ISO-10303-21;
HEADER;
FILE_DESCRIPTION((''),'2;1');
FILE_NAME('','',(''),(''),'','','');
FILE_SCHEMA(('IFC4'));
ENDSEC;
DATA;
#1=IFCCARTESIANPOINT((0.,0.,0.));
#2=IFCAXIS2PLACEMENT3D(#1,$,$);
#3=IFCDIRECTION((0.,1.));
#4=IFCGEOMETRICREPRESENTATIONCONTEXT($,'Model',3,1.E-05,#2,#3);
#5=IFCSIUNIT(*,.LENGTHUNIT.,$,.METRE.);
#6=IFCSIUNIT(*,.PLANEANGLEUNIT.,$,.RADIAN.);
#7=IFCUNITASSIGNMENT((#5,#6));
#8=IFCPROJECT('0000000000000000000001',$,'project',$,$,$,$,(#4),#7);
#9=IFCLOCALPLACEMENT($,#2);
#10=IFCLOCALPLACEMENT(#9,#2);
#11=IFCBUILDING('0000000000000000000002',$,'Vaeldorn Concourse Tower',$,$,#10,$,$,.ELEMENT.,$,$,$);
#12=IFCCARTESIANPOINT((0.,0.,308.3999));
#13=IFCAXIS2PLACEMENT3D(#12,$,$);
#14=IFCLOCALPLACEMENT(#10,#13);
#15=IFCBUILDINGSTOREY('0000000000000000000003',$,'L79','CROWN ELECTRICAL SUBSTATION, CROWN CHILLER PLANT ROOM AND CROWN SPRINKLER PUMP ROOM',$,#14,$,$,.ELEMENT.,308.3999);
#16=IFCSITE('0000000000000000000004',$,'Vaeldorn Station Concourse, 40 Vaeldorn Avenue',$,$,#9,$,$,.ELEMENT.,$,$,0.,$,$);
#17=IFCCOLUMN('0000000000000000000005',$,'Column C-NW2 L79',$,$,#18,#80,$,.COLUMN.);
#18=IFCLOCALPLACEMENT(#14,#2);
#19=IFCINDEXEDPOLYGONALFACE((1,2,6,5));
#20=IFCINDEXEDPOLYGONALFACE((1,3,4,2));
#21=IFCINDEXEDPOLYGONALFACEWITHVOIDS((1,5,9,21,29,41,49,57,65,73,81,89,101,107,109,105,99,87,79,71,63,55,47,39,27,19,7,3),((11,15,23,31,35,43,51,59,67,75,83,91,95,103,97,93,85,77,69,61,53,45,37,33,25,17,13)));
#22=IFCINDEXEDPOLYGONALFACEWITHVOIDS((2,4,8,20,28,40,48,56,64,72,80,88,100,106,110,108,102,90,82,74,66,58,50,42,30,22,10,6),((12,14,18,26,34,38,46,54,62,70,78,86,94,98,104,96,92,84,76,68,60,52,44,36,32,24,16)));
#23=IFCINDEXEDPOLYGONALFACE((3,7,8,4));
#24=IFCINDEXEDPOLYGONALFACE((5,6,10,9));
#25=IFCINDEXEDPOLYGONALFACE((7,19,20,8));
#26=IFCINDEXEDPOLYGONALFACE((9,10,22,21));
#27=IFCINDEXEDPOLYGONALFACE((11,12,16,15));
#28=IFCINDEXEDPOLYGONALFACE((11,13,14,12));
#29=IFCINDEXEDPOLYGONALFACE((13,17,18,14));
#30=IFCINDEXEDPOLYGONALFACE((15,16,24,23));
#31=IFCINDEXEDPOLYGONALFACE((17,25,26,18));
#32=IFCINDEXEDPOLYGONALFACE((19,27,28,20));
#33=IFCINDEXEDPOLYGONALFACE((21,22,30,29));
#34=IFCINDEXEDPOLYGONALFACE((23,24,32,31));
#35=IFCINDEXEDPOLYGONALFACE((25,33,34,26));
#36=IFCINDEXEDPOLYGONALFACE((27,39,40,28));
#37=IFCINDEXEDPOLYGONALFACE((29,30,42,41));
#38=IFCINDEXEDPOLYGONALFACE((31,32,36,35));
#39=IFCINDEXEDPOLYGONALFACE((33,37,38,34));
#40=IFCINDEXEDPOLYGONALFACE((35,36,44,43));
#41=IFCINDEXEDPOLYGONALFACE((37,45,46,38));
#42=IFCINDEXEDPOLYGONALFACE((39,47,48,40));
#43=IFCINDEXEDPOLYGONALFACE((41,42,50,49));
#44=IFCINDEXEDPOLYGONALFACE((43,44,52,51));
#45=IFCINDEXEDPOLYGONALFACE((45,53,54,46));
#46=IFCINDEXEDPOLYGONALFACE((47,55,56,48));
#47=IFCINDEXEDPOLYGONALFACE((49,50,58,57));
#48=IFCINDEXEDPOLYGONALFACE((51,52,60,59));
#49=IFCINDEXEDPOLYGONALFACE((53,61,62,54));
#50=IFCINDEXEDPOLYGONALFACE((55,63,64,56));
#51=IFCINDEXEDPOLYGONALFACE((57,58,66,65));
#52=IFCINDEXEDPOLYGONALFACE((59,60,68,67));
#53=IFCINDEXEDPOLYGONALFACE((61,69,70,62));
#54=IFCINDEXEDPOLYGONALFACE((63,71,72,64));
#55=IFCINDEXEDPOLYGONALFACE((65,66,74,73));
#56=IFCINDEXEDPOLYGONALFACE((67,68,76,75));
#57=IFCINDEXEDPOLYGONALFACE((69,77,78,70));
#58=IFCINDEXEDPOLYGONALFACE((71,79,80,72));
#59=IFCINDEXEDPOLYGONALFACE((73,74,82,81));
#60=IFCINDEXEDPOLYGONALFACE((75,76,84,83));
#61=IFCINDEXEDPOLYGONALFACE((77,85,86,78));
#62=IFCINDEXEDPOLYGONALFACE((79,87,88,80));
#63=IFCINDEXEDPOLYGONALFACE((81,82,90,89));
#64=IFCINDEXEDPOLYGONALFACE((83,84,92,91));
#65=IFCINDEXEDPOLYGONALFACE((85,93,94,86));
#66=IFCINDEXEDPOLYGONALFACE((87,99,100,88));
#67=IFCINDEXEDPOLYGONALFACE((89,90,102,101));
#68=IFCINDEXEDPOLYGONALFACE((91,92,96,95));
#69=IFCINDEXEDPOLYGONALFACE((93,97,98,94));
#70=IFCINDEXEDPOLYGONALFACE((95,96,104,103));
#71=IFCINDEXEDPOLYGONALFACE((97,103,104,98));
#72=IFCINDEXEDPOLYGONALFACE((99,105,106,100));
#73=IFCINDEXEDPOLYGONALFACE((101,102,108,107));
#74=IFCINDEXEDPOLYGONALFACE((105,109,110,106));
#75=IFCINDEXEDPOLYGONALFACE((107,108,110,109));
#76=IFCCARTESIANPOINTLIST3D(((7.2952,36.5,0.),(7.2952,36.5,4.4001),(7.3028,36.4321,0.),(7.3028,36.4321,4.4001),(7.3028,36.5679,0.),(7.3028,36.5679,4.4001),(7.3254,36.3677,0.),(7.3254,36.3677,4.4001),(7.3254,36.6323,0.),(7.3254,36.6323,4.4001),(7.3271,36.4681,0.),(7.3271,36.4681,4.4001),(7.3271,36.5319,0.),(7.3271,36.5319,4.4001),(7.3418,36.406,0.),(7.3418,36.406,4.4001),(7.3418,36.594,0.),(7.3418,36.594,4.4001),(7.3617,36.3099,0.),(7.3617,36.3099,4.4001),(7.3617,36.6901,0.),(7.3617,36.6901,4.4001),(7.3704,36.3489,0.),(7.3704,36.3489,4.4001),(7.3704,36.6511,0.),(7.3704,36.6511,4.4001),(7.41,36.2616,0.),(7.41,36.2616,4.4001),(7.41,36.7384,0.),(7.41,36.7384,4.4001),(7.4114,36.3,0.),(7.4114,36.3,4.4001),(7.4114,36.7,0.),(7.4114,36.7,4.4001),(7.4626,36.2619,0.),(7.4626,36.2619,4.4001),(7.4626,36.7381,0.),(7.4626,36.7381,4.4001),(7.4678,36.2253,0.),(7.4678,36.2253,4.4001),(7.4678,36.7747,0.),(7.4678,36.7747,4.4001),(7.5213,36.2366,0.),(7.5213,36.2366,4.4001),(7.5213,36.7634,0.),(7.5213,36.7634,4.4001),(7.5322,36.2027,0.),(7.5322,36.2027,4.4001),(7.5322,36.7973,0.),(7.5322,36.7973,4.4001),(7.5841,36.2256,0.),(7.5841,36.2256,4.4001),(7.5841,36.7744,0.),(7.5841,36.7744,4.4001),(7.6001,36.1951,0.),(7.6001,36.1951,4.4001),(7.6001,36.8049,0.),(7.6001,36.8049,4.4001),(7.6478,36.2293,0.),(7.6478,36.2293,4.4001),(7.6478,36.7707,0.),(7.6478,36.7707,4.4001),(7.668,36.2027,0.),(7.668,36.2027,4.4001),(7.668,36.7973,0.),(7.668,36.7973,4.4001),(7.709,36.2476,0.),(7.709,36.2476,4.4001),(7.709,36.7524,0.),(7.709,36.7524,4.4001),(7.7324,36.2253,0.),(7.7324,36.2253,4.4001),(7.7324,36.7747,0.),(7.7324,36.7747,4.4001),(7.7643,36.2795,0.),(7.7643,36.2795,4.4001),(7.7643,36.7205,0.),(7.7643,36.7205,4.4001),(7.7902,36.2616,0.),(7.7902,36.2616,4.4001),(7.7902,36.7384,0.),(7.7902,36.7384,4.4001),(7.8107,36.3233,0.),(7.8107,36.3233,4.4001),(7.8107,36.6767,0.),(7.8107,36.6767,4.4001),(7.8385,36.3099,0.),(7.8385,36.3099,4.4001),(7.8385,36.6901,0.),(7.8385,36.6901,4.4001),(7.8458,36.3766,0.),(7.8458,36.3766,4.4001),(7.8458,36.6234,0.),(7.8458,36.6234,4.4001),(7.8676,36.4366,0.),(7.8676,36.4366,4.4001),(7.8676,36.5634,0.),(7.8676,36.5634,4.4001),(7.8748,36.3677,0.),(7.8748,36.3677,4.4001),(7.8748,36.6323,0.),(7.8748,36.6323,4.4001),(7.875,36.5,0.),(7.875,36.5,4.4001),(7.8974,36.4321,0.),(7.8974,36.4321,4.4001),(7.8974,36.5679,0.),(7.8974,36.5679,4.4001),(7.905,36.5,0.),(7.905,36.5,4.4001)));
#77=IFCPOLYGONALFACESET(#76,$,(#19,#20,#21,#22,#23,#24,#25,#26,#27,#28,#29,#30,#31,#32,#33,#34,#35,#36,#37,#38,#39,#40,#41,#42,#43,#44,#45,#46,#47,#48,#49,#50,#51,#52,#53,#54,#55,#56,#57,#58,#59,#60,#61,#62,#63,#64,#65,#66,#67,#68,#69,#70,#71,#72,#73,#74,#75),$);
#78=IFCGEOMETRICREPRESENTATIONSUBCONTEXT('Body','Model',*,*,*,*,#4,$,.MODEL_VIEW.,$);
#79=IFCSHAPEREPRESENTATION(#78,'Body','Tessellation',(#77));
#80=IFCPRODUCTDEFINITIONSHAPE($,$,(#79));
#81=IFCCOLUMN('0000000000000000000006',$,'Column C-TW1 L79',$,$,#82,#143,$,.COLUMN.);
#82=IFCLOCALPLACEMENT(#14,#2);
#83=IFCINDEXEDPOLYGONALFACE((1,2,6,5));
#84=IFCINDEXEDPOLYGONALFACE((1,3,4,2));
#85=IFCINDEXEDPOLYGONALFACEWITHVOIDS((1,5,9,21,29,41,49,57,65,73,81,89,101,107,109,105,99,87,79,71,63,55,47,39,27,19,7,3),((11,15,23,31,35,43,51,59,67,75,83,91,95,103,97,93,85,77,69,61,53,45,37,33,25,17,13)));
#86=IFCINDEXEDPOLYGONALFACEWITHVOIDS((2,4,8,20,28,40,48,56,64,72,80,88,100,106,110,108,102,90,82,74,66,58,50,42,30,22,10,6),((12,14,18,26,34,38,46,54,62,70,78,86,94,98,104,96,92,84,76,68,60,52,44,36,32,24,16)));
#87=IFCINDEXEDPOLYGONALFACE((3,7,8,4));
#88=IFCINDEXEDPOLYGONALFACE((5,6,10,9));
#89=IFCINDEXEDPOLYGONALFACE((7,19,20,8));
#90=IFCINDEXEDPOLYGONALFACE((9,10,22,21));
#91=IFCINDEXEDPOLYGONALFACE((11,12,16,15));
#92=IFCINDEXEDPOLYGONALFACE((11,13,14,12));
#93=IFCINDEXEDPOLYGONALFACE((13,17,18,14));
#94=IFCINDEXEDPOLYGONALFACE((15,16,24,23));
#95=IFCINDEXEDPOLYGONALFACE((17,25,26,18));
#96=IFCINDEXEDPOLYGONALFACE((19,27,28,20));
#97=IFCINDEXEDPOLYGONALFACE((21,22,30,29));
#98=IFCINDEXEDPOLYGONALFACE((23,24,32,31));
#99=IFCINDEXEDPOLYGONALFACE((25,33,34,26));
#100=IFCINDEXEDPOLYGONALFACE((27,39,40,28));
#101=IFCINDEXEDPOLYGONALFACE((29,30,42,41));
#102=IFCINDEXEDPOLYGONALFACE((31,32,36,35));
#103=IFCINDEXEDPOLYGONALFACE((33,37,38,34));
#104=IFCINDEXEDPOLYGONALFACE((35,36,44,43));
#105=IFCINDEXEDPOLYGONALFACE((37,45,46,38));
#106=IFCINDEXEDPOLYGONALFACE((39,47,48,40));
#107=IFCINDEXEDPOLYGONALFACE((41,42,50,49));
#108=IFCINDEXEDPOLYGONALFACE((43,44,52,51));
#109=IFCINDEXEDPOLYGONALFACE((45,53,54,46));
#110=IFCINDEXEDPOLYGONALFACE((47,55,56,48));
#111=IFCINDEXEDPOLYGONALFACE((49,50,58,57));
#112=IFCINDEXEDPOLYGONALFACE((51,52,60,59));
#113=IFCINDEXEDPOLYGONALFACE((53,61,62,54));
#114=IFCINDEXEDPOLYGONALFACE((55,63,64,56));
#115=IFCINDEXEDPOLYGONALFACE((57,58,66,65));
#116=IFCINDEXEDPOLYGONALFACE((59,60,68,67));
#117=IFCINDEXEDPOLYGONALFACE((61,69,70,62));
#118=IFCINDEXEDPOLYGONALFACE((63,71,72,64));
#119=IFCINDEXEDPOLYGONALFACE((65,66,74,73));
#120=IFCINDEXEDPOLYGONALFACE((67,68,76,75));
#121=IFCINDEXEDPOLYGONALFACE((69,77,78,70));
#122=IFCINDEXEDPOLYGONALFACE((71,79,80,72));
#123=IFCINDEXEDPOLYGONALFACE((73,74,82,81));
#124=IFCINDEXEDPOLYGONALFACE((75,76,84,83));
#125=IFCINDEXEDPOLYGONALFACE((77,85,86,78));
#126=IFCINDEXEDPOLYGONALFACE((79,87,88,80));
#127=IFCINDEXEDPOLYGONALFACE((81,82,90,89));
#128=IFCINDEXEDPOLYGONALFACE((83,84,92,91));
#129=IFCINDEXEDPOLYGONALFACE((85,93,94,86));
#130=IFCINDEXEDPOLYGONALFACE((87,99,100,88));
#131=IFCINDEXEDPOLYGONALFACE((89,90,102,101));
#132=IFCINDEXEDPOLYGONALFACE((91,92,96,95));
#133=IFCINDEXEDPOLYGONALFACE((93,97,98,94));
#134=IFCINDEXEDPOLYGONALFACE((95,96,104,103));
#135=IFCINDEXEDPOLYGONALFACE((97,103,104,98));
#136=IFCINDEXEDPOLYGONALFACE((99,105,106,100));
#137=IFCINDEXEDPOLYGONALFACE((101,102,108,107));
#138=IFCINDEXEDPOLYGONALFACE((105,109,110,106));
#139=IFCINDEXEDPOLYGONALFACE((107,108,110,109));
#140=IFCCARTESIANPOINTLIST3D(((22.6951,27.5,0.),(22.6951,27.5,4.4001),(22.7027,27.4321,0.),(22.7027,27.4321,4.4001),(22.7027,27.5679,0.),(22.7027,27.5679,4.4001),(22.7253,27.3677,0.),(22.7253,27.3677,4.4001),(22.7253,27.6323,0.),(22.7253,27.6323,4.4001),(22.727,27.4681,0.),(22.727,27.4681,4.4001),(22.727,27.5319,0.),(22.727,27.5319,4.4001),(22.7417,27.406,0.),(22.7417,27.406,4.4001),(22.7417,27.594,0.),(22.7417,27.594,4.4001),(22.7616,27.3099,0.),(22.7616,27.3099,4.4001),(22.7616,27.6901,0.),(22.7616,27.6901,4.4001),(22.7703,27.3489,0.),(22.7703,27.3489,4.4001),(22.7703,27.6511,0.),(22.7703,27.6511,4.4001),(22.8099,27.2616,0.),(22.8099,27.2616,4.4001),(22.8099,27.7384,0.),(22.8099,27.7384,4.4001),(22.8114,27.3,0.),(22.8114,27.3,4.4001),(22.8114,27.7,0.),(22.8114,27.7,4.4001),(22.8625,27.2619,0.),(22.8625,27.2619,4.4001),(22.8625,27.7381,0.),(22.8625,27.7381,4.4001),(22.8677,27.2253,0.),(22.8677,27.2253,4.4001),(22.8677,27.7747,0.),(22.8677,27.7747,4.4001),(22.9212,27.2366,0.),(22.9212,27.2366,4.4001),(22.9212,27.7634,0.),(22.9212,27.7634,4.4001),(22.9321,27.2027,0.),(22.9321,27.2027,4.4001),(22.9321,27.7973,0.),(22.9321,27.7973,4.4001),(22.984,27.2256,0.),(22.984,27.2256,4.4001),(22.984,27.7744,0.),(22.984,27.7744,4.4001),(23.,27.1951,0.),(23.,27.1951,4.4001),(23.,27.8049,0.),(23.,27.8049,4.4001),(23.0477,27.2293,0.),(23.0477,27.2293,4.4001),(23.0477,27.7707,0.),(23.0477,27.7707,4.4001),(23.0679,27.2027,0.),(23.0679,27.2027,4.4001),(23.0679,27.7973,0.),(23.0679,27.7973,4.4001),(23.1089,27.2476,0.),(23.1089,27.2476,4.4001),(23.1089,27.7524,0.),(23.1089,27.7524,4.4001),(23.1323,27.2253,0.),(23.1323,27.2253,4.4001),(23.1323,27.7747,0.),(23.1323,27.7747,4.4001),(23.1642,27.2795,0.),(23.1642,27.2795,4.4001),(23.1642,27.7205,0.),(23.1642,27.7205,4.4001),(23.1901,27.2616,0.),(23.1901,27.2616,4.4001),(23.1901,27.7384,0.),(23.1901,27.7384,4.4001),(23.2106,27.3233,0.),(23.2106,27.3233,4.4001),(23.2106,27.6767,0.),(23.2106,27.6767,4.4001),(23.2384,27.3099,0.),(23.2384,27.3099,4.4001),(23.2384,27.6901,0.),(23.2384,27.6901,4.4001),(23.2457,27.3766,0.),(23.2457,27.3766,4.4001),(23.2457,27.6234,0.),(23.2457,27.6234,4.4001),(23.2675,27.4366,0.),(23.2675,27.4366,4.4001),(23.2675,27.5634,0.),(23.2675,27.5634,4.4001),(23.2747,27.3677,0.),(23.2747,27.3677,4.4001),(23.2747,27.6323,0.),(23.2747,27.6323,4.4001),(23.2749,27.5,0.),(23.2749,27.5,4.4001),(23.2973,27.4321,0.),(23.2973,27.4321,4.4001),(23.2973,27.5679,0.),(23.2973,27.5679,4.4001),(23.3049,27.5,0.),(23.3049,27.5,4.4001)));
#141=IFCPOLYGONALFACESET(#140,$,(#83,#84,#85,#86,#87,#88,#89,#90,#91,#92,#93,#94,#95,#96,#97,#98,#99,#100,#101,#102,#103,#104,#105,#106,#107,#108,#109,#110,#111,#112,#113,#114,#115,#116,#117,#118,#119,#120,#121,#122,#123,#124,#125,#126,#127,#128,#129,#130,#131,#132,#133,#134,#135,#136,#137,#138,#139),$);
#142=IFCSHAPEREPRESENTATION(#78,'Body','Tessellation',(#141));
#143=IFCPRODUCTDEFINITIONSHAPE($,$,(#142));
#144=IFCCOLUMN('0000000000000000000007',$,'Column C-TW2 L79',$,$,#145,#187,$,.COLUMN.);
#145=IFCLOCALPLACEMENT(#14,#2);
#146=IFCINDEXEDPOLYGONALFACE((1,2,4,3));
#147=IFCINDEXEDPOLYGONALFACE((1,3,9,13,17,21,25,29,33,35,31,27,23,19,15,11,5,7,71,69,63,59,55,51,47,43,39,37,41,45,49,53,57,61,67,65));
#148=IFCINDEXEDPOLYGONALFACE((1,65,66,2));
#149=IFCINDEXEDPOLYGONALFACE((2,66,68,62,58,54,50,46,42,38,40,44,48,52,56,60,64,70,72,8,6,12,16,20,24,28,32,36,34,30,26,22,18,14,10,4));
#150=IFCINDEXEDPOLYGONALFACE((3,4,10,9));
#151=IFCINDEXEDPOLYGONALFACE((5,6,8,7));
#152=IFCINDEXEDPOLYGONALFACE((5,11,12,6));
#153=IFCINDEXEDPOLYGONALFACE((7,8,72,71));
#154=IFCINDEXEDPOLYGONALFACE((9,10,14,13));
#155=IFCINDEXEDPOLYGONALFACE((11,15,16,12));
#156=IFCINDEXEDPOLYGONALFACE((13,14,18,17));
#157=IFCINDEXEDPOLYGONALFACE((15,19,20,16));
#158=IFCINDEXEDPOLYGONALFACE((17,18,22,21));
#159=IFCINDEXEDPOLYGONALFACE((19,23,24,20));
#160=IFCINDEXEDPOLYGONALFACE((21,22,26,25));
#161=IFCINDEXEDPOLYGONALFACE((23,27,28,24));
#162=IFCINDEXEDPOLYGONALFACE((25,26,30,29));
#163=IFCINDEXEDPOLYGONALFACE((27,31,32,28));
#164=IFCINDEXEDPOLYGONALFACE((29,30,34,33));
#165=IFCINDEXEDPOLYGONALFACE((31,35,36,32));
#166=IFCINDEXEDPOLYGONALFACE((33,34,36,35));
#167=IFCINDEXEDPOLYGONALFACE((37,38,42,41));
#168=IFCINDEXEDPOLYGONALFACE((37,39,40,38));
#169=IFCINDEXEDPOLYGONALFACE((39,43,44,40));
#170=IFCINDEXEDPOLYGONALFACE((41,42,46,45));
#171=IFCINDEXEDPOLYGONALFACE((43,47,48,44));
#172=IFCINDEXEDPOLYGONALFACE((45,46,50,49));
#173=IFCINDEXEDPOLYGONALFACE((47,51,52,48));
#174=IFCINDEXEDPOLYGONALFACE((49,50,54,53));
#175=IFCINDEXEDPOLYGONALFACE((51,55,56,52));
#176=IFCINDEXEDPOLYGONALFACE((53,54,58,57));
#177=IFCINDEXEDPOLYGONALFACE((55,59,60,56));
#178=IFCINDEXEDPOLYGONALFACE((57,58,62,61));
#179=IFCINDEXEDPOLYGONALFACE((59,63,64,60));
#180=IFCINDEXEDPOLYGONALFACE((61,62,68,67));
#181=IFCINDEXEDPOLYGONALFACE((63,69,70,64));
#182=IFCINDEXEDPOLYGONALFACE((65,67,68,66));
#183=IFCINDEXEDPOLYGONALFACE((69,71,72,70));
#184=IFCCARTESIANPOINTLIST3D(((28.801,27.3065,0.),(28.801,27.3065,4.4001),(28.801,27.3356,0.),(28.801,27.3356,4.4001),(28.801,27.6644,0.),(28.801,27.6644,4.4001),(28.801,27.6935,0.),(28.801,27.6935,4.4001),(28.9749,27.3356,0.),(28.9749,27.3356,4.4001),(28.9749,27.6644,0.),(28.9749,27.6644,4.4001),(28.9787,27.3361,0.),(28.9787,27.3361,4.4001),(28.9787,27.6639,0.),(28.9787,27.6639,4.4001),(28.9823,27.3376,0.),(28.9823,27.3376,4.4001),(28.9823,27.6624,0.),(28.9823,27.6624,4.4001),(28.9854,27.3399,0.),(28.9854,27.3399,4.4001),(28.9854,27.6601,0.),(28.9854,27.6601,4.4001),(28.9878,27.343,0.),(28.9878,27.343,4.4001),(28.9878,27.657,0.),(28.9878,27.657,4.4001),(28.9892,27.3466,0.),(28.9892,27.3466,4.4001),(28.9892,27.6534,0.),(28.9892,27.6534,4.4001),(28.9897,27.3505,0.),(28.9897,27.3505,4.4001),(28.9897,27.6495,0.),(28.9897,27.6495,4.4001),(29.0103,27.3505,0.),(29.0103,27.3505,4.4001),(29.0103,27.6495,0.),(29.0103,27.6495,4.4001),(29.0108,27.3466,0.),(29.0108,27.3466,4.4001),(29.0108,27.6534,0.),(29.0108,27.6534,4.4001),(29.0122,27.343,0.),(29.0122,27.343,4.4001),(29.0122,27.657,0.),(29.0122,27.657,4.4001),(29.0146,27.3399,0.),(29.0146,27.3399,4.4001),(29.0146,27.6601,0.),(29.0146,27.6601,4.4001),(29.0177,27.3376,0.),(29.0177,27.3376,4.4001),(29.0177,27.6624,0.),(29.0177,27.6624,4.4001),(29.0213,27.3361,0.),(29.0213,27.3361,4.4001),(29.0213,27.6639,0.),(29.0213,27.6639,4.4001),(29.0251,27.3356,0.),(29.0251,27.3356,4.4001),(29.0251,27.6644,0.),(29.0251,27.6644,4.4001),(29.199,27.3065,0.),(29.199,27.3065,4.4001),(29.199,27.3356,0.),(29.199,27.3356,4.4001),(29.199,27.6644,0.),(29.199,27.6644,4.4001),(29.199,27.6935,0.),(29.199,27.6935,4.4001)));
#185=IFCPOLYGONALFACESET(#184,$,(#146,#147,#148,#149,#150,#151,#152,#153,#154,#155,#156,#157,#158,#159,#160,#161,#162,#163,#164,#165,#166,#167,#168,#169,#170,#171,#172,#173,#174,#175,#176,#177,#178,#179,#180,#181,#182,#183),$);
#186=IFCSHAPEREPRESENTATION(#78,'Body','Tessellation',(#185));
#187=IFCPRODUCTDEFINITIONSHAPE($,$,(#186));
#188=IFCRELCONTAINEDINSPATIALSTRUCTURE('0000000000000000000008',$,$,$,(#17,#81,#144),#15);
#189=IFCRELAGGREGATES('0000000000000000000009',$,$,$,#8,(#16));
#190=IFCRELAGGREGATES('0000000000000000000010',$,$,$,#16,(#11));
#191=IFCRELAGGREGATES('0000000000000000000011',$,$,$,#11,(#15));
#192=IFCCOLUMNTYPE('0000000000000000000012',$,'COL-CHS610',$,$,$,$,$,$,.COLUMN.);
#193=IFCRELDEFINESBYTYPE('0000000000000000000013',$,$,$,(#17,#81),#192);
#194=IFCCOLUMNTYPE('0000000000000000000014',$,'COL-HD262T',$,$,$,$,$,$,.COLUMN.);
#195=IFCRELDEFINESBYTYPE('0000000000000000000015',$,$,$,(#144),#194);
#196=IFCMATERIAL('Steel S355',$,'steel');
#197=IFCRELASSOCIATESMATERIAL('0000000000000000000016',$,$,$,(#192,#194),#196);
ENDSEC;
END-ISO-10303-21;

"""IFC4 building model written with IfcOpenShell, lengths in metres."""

from ifc_helpers import new_model, si_unit, direction, frame, origin, origin_2d, place, context, subcontext, project, spatial, hollow_circle, i_section, extrude, source, transform, mapped, material, material_profile, profile_set, type_object, element, save


model = new_model("IFC4")

# Units and contexts
model_context = context("Model", 3, precision=1e-05, world=origin(), true_north=direction((0.0, 1.0)))
body_context = subcontext(model_context, "Body", "Model", "MODEL_VIEW")
ifc_project = project(units=[si_unit("LENGTHUNIT", "METRE"), si_unit("PLANEANGLEUNIT", "RADIAN")], contexts=[model_context])

# Site, building, storey
site_placement = place(None, origin())
site = spatial("IfcSite", under=ifc_project, at=site_placement, Name="Vaeldorn Station Concourse, 40 Vaeldorn Avenue", CompositionType="ELEMENT", RefElevation=0.0)
building_placement = place(site_placement, origin())
building = spatial("IfcBuilding", under=site, at=building_placement, Name="Vaeldorn Concourse Tower", CompositionType="ELEMENT")
storey_placement = place(building_placement, frame((0.0, 0.0, 308.3999)))
storey = spatial("IfcBuildingStorey", under=building, at=storey_placement, Name="L79", Description="CROWN ELECTRICAL SUBSTATION, CROWN CHILLER PLANT ROOM AND CROWN SPRINKLER PUMP ROOM", CompositionType="ELEMENT", Elevation=308.3999)

# Columns
ifc_material_1 = material(Name="Steel S355", Category="steel")
ifc_material_profile_1 = material_profile(ifc_material_1, hollow_circle(Radius=0.3049, WallThickness=0.03, at=origin_2d()), Name="CHS 610x30")
ifc_profile_set_1 = profile_set([ifc_material_profile_1], Name="Steel S355")
column_type_1 = type_object("IfcColumnType", Name="COL-CHS610", PredefinedType="COLUMN", material=ifc_profile_set_1)
shared_shape_1 = source(origin(), body_context, "Body", "SweptSolid", [
    extrude(hollow_circle(Radius=0.3049, WallThickness=0.03, at=origin_2d()), origin(), (0.0, 0.0, 1.0), 4.4001),
])
for number, where, z_axis, x_axis, name in (
    (1, (7.6001, 36.5, 0.0), (0.0, 0.0, 1.0), (1.0, 0.0, 0.0), "Column C-NW2 L79"),
    (2, (23.0, 27.5, 0.0), (0.0, 0.0, 1.0), (1.0, 0.0, 0.0), "Column C-TW1 L79"),
):
    element("IfcColumn", number, at=place(storey_placement, frame(where, z_axis=z_axis, x_axis=x_axis)), inside=storey, type_object=column_type_1, Name=name, PredefinedType="COLUMN", context=body_context, shape_type="MappedRepresentation", body=[
        mapped(shared_shape_1, transform((0.0, 0.0, 0.0), scale=1.0)),
    ])
ifc_material_profile_2 = material_profile(ifc_material_1, i_section(OverallWidth=0.3979, OverallDepth=0.387, WebThickness=0.0205, FlangeThickness=0.0291, FilletRadius=0.0149, at=origin_2d()), Name="HD 400x262")
ifc_profile_set_2 = profile_set([ifc_material_profile_2], Name="Steel S355")
column_type_2 = type_object("IfcColumnType", Name="COL-HD262T", PredefinedType="COLUMN", material=ifc_profile_set_2)
shared_shape_2 = source(origin(), body_context, "Body", "SweptSolid", [
    extrude(i_section(OverallWidth=0.3979, OverallDepth=0.387, WebThickness=0.0205, FlangeThickness=0.0291, FilletRadius=0.0149, at=origin_2d()), origin(), (0.0, 0.0, 1.0), 4.4001),
])
column_placement = place(storey_placement, frame((29.0, 27.5, 0.0), z_axis=(0.0, 0.0, 1.0), x_axis=(1.0, 0.0, 0.0)))
element("IfcColumn", 3, at=column_placement, inside=storey, type_object=column_type_2, Name="Column C-TW2 L79", PredefinedType="COLUMN", context=body_context, shape_type="MappedRepresentation", body=[
    mapped(shared_shape_2, transform((0.0, 0.0, 0.0), scale=1.0)),
])

save(model, "model.ifc")
